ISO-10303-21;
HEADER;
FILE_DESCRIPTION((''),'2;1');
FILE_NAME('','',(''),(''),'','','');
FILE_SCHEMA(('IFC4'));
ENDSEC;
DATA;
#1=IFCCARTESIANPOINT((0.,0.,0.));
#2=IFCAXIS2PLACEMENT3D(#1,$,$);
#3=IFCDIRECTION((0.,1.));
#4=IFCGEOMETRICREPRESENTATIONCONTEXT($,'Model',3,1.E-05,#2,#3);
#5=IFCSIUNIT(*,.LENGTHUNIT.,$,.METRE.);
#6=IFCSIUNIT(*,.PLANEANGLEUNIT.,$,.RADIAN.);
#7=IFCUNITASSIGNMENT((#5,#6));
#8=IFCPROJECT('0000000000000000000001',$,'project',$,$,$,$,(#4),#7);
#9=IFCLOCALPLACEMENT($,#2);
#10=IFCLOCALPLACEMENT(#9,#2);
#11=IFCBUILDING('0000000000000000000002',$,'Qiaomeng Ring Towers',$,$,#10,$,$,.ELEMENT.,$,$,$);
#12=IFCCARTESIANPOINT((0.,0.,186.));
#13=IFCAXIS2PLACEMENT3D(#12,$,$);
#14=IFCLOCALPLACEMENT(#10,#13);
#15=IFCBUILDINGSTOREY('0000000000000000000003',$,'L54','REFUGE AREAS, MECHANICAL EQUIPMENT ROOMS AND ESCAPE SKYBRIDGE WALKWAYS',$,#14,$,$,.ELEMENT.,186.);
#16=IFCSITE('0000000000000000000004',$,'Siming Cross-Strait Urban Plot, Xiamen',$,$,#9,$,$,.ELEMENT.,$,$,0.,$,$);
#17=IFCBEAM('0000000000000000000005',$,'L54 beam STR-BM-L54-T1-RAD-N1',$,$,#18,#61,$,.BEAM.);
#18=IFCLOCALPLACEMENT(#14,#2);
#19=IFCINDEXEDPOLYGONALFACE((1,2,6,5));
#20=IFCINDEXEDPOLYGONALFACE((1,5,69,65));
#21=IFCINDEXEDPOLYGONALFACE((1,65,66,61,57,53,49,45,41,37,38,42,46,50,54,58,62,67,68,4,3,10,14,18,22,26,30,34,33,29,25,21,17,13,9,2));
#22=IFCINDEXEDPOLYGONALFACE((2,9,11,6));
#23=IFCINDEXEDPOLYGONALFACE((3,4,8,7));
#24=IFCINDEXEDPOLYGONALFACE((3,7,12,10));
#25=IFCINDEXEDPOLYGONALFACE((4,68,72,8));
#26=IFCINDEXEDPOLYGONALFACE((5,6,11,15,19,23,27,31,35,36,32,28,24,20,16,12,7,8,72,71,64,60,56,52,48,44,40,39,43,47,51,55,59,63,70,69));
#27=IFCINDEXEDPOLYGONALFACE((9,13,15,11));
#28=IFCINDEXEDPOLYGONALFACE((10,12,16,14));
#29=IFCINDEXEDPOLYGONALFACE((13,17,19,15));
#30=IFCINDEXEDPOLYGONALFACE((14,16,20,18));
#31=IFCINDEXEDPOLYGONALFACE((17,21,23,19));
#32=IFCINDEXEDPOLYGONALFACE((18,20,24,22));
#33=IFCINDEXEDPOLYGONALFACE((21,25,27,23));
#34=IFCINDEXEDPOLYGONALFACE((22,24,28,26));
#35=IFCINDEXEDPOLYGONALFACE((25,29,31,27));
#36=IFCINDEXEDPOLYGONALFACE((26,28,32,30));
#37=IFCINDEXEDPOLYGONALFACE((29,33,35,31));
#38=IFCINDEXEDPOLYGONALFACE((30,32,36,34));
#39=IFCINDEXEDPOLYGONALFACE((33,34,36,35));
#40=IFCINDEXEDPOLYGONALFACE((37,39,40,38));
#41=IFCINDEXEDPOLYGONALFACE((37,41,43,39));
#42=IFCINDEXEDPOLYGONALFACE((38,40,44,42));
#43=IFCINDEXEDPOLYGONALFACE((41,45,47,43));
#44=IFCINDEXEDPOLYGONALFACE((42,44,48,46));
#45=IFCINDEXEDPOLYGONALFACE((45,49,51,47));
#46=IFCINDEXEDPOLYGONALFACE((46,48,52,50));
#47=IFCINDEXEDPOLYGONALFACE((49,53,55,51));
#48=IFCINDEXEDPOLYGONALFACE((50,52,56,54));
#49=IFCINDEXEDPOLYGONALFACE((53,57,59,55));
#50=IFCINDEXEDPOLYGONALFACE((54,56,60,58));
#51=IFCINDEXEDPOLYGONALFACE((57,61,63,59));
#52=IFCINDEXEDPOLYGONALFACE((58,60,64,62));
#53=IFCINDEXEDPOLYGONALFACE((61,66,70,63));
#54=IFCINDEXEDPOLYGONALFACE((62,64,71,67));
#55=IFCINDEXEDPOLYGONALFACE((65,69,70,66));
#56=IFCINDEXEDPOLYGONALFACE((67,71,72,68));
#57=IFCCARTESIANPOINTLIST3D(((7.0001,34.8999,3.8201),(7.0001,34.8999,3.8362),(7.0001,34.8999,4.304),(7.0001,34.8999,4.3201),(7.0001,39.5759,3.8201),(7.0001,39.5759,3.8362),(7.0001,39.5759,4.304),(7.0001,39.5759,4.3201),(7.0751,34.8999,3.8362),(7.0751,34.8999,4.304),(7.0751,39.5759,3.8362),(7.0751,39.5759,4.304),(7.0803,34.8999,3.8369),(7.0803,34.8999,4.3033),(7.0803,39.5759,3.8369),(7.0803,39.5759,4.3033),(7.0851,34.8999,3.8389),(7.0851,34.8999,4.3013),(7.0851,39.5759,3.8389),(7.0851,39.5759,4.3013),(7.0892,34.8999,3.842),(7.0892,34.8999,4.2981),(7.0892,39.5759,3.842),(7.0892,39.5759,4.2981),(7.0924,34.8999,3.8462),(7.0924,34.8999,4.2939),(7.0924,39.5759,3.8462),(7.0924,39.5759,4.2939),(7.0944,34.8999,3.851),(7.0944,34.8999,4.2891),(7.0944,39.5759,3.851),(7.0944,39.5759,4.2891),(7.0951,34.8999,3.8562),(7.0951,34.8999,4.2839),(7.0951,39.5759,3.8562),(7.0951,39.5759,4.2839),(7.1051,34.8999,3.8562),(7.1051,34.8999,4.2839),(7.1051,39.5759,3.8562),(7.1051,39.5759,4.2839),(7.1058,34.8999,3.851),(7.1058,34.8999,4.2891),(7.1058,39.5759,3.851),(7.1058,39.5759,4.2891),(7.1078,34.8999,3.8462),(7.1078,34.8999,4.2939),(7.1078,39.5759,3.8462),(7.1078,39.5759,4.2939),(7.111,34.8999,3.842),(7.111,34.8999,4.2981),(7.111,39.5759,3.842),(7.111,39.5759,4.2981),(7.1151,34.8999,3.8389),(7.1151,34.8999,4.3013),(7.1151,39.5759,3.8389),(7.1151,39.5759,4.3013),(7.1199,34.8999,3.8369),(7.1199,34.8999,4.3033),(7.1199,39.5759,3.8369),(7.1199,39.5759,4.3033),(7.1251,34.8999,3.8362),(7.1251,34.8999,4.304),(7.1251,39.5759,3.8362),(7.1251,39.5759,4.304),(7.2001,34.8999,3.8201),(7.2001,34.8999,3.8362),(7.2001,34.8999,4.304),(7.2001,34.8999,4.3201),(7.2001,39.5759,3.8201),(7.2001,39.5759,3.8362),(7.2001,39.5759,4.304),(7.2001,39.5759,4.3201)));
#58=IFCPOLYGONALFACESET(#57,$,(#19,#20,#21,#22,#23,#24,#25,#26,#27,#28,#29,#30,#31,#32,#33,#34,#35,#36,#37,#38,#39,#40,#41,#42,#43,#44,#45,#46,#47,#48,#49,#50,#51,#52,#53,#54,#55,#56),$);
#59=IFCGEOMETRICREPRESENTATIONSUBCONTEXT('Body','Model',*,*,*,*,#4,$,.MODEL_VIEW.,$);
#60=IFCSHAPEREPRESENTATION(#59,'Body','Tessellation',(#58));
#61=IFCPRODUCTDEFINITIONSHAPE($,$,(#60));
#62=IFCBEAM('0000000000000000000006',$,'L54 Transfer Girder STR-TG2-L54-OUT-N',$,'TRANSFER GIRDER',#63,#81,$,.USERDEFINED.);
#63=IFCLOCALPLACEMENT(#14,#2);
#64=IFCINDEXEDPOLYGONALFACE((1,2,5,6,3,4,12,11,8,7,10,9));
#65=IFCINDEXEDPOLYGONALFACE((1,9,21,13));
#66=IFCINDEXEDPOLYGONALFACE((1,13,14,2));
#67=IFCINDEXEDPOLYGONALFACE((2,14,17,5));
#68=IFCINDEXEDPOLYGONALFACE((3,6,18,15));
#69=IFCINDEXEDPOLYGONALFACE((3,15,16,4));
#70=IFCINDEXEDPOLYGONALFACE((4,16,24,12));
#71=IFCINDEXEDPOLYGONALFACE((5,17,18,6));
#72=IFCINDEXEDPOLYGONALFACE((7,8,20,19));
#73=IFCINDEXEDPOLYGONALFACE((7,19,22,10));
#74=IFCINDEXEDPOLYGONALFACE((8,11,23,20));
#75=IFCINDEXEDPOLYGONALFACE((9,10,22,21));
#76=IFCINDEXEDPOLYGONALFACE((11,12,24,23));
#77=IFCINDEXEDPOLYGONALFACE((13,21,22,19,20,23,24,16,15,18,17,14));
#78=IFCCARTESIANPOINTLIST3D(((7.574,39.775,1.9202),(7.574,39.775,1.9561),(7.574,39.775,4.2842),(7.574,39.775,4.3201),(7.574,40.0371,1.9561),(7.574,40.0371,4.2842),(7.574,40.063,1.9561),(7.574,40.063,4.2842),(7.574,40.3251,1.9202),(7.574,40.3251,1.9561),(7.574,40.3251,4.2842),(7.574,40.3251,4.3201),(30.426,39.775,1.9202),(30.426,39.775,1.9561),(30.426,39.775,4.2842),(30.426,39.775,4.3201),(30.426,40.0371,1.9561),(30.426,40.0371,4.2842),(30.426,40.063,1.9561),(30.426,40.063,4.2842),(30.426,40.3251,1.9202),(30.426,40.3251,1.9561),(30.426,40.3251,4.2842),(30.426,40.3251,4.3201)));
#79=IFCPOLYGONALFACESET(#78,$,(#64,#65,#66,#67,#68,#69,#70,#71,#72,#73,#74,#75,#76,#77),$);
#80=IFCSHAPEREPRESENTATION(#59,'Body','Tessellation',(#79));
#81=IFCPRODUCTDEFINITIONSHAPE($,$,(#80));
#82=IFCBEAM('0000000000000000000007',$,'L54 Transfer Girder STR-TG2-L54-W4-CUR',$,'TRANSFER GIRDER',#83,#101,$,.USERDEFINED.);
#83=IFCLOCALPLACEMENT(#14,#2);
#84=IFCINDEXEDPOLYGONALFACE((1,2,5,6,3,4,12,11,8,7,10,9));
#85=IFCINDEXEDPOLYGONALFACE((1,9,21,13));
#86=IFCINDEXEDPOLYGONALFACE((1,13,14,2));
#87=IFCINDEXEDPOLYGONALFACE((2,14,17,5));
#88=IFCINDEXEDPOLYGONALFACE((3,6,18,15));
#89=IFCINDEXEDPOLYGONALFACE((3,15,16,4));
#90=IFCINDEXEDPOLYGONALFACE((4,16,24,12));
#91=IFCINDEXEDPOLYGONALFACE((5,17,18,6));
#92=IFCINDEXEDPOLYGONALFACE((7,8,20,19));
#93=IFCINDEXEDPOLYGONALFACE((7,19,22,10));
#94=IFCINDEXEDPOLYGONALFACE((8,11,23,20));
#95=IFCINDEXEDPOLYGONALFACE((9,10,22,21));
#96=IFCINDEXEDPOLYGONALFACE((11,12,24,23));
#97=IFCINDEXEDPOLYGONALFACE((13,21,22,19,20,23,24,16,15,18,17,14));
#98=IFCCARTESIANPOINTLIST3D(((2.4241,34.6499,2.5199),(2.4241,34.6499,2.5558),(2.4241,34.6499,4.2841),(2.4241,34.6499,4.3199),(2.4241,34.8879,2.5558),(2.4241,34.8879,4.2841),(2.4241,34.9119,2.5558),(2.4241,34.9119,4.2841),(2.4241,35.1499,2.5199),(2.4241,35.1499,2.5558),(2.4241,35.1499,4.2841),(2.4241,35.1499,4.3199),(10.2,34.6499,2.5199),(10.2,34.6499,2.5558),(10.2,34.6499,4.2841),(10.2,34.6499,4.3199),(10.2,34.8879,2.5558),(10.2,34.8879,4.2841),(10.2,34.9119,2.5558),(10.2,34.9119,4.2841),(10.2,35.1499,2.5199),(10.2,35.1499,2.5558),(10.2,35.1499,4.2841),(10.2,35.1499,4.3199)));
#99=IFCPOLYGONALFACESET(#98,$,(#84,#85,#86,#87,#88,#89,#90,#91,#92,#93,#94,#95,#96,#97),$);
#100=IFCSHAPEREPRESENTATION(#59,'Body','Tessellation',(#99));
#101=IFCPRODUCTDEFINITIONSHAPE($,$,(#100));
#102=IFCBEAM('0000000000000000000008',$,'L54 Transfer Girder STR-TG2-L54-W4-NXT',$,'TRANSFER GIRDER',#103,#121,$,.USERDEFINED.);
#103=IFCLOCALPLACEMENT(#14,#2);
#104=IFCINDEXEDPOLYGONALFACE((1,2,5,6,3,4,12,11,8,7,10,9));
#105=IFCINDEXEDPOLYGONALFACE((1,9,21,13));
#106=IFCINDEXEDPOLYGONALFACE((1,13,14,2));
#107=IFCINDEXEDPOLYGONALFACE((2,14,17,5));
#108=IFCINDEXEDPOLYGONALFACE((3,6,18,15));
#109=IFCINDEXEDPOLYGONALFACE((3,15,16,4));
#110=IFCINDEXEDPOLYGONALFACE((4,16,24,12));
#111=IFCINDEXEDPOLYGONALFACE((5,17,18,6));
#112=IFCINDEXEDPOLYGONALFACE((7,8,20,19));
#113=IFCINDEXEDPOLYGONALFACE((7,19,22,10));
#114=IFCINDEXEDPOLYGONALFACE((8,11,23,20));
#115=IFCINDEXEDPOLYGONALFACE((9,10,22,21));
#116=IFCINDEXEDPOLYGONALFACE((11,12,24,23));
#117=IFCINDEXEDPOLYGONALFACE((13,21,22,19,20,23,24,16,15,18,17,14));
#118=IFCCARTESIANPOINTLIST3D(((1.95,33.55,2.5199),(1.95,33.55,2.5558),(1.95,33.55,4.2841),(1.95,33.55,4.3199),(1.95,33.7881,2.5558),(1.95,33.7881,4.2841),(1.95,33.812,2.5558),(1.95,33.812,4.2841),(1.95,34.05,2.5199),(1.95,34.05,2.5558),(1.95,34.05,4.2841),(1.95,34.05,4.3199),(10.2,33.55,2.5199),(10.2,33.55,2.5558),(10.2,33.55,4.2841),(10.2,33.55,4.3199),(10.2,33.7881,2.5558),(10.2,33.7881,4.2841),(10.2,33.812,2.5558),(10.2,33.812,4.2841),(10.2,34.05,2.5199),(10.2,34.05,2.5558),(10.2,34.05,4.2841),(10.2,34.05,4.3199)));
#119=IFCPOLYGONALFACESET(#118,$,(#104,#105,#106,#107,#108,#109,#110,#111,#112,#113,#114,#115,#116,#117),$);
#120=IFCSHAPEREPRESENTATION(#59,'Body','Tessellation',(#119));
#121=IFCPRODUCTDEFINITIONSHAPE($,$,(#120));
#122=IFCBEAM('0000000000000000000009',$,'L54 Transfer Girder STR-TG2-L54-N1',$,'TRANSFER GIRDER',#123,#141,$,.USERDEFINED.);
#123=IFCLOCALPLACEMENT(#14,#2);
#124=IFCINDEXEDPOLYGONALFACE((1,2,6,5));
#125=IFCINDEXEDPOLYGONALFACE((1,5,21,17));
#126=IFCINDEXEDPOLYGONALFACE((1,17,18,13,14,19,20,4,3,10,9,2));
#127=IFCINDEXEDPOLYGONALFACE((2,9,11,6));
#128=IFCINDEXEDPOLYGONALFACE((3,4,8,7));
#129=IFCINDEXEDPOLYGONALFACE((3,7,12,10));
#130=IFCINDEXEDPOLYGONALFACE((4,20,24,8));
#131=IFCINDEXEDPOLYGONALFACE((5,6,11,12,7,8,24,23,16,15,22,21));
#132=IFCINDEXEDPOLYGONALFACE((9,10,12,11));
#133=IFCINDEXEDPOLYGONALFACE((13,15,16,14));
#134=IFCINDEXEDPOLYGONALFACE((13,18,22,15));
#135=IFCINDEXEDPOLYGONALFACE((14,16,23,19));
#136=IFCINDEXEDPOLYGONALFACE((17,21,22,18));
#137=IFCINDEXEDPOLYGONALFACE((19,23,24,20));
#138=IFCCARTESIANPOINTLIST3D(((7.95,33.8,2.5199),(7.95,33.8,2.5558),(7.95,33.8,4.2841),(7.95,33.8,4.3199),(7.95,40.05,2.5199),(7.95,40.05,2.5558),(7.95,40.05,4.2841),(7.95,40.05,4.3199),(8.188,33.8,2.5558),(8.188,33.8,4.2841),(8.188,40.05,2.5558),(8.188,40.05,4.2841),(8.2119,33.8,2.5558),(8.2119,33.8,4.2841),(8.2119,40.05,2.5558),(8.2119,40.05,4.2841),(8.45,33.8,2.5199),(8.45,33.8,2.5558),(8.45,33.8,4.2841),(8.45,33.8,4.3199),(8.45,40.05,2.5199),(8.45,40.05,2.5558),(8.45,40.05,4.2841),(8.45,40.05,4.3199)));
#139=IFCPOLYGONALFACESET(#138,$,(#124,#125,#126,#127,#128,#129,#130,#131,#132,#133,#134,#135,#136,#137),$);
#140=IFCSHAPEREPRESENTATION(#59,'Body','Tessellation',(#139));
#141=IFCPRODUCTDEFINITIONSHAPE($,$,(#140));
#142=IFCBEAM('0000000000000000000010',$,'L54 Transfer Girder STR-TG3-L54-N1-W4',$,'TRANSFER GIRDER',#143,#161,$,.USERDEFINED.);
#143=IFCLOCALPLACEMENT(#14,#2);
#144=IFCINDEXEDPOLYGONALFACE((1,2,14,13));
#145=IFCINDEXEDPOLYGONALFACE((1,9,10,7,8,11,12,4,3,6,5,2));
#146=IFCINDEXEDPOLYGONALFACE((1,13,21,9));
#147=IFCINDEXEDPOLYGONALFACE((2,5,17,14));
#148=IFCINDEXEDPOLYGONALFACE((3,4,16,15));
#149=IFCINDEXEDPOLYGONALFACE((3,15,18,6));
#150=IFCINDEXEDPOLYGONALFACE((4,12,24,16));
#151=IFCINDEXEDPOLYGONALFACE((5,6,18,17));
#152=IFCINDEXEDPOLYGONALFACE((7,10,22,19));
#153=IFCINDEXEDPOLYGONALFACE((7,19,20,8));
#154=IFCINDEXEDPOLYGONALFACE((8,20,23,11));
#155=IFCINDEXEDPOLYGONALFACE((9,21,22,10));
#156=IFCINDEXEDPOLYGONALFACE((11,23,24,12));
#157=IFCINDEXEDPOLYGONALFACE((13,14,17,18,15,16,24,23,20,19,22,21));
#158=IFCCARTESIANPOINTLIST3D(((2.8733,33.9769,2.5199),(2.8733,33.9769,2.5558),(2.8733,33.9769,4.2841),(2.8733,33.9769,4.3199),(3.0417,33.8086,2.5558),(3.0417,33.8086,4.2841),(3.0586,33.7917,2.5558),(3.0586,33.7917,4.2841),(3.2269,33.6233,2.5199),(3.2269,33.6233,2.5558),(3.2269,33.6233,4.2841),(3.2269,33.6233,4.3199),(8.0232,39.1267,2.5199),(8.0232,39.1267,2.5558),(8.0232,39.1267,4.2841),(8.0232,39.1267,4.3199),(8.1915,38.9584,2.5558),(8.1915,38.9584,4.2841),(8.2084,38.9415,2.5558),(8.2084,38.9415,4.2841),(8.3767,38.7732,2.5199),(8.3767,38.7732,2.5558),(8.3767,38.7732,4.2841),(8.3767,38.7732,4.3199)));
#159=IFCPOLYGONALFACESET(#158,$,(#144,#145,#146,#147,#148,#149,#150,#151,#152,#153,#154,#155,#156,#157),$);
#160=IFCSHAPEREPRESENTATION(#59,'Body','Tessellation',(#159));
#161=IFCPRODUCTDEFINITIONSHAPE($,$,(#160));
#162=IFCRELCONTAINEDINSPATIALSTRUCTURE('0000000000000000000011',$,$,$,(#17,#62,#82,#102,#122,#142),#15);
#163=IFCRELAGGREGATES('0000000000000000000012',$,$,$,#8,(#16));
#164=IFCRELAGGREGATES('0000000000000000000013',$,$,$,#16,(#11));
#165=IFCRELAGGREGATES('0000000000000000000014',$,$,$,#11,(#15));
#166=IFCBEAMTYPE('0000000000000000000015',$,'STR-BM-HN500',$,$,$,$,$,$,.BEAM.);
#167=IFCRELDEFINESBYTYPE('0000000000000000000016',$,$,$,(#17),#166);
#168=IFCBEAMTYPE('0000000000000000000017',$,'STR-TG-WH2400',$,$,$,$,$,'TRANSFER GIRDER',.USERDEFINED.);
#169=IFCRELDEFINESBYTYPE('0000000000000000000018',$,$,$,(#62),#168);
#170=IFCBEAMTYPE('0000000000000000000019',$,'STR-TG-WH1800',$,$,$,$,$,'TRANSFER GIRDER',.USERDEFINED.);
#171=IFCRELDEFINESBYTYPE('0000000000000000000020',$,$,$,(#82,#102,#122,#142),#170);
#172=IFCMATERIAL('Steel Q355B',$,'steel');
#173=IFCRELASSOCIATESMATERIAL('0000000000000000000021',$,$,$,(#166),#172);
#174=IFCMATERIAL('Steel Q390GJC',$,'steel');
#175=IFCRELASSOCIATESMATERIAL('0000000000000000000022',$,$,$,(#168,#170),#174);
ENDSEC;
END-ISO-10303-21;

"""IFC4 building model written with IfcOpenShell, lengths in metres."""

from ifc_helpers import new_model, si_unit, direction, frame, origin, origin_2d, place, context, subcontext, project, spatial, i_section, extrude, source, transform, mapped, material, material_profile, profile_set, type_object, element, save


model = new_model("IFC4")

# Units and contexts
model_context = context("Model", 3, precision=1e-05, world=origin(), true_north=direction((0.0, 1.0)))
body_context = subcontext(model_context, "Body", "Model", "MODEL_VIEW")
ifc_project = project(units=[si_unit("LENGTHUNIT", "METRE"), si_unit("PLANEANGLEUNIT", "RADIAN")], contexts=[model_context])

# Site, building, storey
site_placement = place(None, origin())
site = spatial("IfcSite", under=ifc_project, at=site_placement, Name="Siming Cross-Strait Urban Plot, Xiamen", CompositionType="ELEMENT", RefElevation=0.0)
building_placement = place(site_placement, origin())
building = spatial("IfcBuilding", under=site, at=building_placement, Name="Qiaomeng Ring Towers", CompositionType="ELEMENT")
storey_placement = place(building_placement, frame((0.0, 0.0, 186.0)))
storey = spatial("IfcBuildingStorey", under=building, at=storey_placement, Name="L54", Description="REFUGE AREAS, MECHANICAL EQUIPMENT ROOMS AND ESCAPE SKYBRIDGE WALKWAYS", CompositionType="ELEMENT", Elevation=186.0)

# Shared definitions
ifc_material_1 = material(Name="Steel Q390GJC", Category="steel")

# Beams
ifc_material_2 = material(Name="Steel Q355B", Category="steel")
ifc_material_profile_1 = material_profile(ifc_material_2, i_section(OverallWidth=0.2, OverallDepth=0.5, WebThickness=0.01, FlangeThickness=0.0161, FilletRadius=0.02, at=origin_2d()), Name="HN 500x200x10x16")
ifc_profile_set_1 = profile_set([ifc_material_profile_1], Name="Steel Q355B")
beam_type_1 = type_object("IfcBeamType", Name="STR-BM-HN500", PredefinedType="BEAM", material=ifc_profile_set_1)
shared_shape_1 = source(origin(), body_context, "Body", "SweptSolid", [
    extrude(i_section(OverallWidth=0.2, OverallDepth=0.5, WebThickness=0.01, FlangeThickness=0.0161, FilletRadius=0.02, at=origin_2d()), origin(), (0.0, 0.0, 1.0), 4.676),
])
beam_1_placement = place(storey_placement, frame((7.1001, 39.5759, 4.0701), z_axis=(0.0, -1.0, 0.0), x_axis=(1.0, 0.0, 0.0)))
element("IfcBeam", 1, at=beam_1_placement, inside=storey, type_object=beam_type_1, Name="L54 beam STR-BM-L54-T1-RAD-N1", PredefinedType="BEAM", context=body_context, shape_type="MappedRepresentation", body=[
    mapped(shared_shape_1, transform((0.0, 0.0, 0.0), x_axis=(1.0, 0.0, 0.0), y_axis=(0.0, 1.0, 0.0), z_axis=(0.0, 0.0, 1.0), scale=1.0)),
])
ifc_material_profile_2 = material_profile(ifc_material_1, i_section(OverallWidth=0.55, OverallDepth=2.3999, WebThickness=0.0259, FlangeThickness=0.0359, at=origin_2d()), Name="WH 2400x550x26x36")
ifc_profile_set_2 = profile_set([ifc_material_profile_2], Name="Steel Q390GJC")
beam_type_2 = type_object("IfcBeamType", Name="STR-TG-WH2400", ElementType="TRANSFER GIRDER", PredefinedType="USERDEFINED", material=ifc_profile_set_2)
shared_shape_2 = source(origin(), body_context, "Body", "SweptSolid", [
    extrude(i_section(OverallWidth=0.55, OverallDepth=2.3999, WebThickness=0.0259, FlangeThickness=0.0359, at=origin_2d()), origin(), (0.0, 0.0, 1.0), 22.8521),
])
beam_2_placement = place(storey_placement, frame((7.574, 40.05, 3.1201), z_axis=(1.0, 0.0, 0.0), x_axis=(0.0, 1.0, 0.0)))
element("IfcBeam", 2, at=beam_2_placement, inside=storey, type_object=beam_type_2, Name="L54 Transfer Girder STR-TG2-L54-OUT-N", ObjectType="TRANSFER GIRDER", PredefinedType="USERDEFINED", context=body_context, shape_type="MappedRepresentation", body=[
    mapped(shared_shape_2, transform((0.0, 0.0, 0.0), x_axis=(1.0, 0.0, 0.0), y_axis=(0.0, 1.0, 0.0), z_axis=(0.0, 0.0, 1.0), scale=1.0)),
])
ifc_material_profile_3 = material_profile(ifc_material_1, i_section(OverallWidth=0.5, OverallDepth=1.8, WebThickness=0.0239, FlangeThickness=0.0359, at=origin_2d()), Name="WH 1800x500x24x36")
ifc_profile_set_3 = profile_set([ifc_material_profile_3], Name="Steel Q390GJC")
beam_type_3 = type_object("IfcBeamType", Name="STR-TG-WH1800", ElementType="TRANSFER GIRDER", PredefinedType="USERDEFINED", material=ifc_profile_set_3)
shared_shape_3 = source(origin(), body_context, "Body", "SweptSolid", [
    extrude(i_section(OverallWidth=0.5, OverallDepth=1.8, WebThickness=0.0239, FlangeThickness=0.0359, at=origin_2d()), origin(), (0.0, 0.0, 1.0), 7.7759),
])
beam_3_placement = place(storey_placement, frame((2.4241, 34.8999, 3.4199), z_axis=(1.0, 0.0, 0.0), x_axis=(0.0, 1.0, 0.0)))
element("IfcBeam", 3, at=beam_3_placement, inside=storey, type_object=beam_type_3, Name="L54 Transfer Girder STR-TG2-L54-W4-CUR", ObjectType="TRANSFER GIRDER", PredefinedType="USERDEFINED", context=body_context, shape_type="MappedRepresentation", body=[
    mapped(shared_shape_3, transform((0.0, 0.0, 0.0), x_axis=(1.0, 0.0, 0.0), y_axis=(0.0, 1.0, 0.0), z_axis=(0.0, 0.0, 1.0), scale=1.0)),
])
shared_shape_4 = source(origin(), body_context, "Body", "SweptSolid", [
    extrude(i_section(OverallWidth=0.5, OverallDepth=1.8, WebThickness=0.0239, FlangeThickness=0.0359, at=origin_2d()), origin(), (0.0, 0.0, 1.0), 8.25),
])
beam_4_placement = place(storey_placement, frame((1.95, 33.8, 3.4199), z_axis=(1.0, 0.0, 0.0), x_axis=(0.0, 1.0, 0.0)))
element("IfcBeam", 4, at=beam_4_placement, inside=storey, type_object=beam_type_3, Name="L54 Transfer Girder STR-TG2-L54-W4-NXT", ObjectType="TRANSFER GIRDER", PredefinedType="USERDEFINED", context=body_context, shape_type="MappedRepresentation", body=[
    mapped(shared_shape_4, transform((0.0, 0.0, 0.0), x_axis=(1.0, 0.0, 0.0), y_axis=(0.0, 1.0, 0.0), z_axis=(0.0, 0.0, 1.0), scale=1.0)),
])
shared_shape_5 = source(origin(), body_context, "Body", "SweptSolid", [
    extrude(i_section(OverallWidth=0.5, OverallDepth=1.8, WebThickness=0.0239, FlangeThickness=0.0359, at=origin_2d()), origin(), (0.0, 0.0, 1.0), 6.25),
])
beam_5_placement = place(storey_placement, frame((8.2, 40.05, 3.4199), z_axis=(0.0, -1.0, 0.0), x_axis=(1.0, 0.0, 0.0)))
element("IfcBeam", 5, at=beam_5_placement, inside=storey, type_object=beam_type_3, Name="L54 Transfer Girder STR-TG2-L54-N1", ObjectType="TRANSFER GIRDER", PredefinedType="USERDEFINED", context=body_context, shape_type="MappedRepresentation", body=[
    mapped(shared_shape_5, transform((0.0, 0.0, 0.0), x_axis=(1.0, 0.0, 0.0), y_axis=(0.0, 1.0, 0.0), z_axis=(0.0, 0.0, 1.0), scale=1.0)),
])
shared_shape_6 = source(origin(), body_context, "Body", "SweptSolid", [
    extrude(i_section(OverallWidth=0.5, OverallDepth=1.8, WebThickness=0.0239, FlangeThickness=0.0359, at=origin_2d()), origin(), (0.0, 0.0, 1.0), 7.283),
])
beam_6_placement = place(storey_placement, frame((8.2, 38.95, 3.4199), z_axis=(-0.707107, -0.707107, 0.0), x_axis=(0.707107, -0.707107, 0.0)))
element("IfcBeam", 6, at=beam_6_placement, inside=storey, type_object=beam_type_3, Name="L54 Transfer Girder STR-TG3-L54-N1-W4", ObjectType="TRANSFER GIRDER", PredefinedType="USERDEFINED", context=body_context, shape_type="MappedRepresentation", body=[
    mapped(shared_shape_6, transform((0.0, 0.0, 0.0), x_axis=(1.0, 0.0, 0.0), y_axis=(0.0, 1.0, 0.0), z_axis=(0.0, 0.0, 1.0), scale=1.0)),
])

save(model, "model.ifc")
